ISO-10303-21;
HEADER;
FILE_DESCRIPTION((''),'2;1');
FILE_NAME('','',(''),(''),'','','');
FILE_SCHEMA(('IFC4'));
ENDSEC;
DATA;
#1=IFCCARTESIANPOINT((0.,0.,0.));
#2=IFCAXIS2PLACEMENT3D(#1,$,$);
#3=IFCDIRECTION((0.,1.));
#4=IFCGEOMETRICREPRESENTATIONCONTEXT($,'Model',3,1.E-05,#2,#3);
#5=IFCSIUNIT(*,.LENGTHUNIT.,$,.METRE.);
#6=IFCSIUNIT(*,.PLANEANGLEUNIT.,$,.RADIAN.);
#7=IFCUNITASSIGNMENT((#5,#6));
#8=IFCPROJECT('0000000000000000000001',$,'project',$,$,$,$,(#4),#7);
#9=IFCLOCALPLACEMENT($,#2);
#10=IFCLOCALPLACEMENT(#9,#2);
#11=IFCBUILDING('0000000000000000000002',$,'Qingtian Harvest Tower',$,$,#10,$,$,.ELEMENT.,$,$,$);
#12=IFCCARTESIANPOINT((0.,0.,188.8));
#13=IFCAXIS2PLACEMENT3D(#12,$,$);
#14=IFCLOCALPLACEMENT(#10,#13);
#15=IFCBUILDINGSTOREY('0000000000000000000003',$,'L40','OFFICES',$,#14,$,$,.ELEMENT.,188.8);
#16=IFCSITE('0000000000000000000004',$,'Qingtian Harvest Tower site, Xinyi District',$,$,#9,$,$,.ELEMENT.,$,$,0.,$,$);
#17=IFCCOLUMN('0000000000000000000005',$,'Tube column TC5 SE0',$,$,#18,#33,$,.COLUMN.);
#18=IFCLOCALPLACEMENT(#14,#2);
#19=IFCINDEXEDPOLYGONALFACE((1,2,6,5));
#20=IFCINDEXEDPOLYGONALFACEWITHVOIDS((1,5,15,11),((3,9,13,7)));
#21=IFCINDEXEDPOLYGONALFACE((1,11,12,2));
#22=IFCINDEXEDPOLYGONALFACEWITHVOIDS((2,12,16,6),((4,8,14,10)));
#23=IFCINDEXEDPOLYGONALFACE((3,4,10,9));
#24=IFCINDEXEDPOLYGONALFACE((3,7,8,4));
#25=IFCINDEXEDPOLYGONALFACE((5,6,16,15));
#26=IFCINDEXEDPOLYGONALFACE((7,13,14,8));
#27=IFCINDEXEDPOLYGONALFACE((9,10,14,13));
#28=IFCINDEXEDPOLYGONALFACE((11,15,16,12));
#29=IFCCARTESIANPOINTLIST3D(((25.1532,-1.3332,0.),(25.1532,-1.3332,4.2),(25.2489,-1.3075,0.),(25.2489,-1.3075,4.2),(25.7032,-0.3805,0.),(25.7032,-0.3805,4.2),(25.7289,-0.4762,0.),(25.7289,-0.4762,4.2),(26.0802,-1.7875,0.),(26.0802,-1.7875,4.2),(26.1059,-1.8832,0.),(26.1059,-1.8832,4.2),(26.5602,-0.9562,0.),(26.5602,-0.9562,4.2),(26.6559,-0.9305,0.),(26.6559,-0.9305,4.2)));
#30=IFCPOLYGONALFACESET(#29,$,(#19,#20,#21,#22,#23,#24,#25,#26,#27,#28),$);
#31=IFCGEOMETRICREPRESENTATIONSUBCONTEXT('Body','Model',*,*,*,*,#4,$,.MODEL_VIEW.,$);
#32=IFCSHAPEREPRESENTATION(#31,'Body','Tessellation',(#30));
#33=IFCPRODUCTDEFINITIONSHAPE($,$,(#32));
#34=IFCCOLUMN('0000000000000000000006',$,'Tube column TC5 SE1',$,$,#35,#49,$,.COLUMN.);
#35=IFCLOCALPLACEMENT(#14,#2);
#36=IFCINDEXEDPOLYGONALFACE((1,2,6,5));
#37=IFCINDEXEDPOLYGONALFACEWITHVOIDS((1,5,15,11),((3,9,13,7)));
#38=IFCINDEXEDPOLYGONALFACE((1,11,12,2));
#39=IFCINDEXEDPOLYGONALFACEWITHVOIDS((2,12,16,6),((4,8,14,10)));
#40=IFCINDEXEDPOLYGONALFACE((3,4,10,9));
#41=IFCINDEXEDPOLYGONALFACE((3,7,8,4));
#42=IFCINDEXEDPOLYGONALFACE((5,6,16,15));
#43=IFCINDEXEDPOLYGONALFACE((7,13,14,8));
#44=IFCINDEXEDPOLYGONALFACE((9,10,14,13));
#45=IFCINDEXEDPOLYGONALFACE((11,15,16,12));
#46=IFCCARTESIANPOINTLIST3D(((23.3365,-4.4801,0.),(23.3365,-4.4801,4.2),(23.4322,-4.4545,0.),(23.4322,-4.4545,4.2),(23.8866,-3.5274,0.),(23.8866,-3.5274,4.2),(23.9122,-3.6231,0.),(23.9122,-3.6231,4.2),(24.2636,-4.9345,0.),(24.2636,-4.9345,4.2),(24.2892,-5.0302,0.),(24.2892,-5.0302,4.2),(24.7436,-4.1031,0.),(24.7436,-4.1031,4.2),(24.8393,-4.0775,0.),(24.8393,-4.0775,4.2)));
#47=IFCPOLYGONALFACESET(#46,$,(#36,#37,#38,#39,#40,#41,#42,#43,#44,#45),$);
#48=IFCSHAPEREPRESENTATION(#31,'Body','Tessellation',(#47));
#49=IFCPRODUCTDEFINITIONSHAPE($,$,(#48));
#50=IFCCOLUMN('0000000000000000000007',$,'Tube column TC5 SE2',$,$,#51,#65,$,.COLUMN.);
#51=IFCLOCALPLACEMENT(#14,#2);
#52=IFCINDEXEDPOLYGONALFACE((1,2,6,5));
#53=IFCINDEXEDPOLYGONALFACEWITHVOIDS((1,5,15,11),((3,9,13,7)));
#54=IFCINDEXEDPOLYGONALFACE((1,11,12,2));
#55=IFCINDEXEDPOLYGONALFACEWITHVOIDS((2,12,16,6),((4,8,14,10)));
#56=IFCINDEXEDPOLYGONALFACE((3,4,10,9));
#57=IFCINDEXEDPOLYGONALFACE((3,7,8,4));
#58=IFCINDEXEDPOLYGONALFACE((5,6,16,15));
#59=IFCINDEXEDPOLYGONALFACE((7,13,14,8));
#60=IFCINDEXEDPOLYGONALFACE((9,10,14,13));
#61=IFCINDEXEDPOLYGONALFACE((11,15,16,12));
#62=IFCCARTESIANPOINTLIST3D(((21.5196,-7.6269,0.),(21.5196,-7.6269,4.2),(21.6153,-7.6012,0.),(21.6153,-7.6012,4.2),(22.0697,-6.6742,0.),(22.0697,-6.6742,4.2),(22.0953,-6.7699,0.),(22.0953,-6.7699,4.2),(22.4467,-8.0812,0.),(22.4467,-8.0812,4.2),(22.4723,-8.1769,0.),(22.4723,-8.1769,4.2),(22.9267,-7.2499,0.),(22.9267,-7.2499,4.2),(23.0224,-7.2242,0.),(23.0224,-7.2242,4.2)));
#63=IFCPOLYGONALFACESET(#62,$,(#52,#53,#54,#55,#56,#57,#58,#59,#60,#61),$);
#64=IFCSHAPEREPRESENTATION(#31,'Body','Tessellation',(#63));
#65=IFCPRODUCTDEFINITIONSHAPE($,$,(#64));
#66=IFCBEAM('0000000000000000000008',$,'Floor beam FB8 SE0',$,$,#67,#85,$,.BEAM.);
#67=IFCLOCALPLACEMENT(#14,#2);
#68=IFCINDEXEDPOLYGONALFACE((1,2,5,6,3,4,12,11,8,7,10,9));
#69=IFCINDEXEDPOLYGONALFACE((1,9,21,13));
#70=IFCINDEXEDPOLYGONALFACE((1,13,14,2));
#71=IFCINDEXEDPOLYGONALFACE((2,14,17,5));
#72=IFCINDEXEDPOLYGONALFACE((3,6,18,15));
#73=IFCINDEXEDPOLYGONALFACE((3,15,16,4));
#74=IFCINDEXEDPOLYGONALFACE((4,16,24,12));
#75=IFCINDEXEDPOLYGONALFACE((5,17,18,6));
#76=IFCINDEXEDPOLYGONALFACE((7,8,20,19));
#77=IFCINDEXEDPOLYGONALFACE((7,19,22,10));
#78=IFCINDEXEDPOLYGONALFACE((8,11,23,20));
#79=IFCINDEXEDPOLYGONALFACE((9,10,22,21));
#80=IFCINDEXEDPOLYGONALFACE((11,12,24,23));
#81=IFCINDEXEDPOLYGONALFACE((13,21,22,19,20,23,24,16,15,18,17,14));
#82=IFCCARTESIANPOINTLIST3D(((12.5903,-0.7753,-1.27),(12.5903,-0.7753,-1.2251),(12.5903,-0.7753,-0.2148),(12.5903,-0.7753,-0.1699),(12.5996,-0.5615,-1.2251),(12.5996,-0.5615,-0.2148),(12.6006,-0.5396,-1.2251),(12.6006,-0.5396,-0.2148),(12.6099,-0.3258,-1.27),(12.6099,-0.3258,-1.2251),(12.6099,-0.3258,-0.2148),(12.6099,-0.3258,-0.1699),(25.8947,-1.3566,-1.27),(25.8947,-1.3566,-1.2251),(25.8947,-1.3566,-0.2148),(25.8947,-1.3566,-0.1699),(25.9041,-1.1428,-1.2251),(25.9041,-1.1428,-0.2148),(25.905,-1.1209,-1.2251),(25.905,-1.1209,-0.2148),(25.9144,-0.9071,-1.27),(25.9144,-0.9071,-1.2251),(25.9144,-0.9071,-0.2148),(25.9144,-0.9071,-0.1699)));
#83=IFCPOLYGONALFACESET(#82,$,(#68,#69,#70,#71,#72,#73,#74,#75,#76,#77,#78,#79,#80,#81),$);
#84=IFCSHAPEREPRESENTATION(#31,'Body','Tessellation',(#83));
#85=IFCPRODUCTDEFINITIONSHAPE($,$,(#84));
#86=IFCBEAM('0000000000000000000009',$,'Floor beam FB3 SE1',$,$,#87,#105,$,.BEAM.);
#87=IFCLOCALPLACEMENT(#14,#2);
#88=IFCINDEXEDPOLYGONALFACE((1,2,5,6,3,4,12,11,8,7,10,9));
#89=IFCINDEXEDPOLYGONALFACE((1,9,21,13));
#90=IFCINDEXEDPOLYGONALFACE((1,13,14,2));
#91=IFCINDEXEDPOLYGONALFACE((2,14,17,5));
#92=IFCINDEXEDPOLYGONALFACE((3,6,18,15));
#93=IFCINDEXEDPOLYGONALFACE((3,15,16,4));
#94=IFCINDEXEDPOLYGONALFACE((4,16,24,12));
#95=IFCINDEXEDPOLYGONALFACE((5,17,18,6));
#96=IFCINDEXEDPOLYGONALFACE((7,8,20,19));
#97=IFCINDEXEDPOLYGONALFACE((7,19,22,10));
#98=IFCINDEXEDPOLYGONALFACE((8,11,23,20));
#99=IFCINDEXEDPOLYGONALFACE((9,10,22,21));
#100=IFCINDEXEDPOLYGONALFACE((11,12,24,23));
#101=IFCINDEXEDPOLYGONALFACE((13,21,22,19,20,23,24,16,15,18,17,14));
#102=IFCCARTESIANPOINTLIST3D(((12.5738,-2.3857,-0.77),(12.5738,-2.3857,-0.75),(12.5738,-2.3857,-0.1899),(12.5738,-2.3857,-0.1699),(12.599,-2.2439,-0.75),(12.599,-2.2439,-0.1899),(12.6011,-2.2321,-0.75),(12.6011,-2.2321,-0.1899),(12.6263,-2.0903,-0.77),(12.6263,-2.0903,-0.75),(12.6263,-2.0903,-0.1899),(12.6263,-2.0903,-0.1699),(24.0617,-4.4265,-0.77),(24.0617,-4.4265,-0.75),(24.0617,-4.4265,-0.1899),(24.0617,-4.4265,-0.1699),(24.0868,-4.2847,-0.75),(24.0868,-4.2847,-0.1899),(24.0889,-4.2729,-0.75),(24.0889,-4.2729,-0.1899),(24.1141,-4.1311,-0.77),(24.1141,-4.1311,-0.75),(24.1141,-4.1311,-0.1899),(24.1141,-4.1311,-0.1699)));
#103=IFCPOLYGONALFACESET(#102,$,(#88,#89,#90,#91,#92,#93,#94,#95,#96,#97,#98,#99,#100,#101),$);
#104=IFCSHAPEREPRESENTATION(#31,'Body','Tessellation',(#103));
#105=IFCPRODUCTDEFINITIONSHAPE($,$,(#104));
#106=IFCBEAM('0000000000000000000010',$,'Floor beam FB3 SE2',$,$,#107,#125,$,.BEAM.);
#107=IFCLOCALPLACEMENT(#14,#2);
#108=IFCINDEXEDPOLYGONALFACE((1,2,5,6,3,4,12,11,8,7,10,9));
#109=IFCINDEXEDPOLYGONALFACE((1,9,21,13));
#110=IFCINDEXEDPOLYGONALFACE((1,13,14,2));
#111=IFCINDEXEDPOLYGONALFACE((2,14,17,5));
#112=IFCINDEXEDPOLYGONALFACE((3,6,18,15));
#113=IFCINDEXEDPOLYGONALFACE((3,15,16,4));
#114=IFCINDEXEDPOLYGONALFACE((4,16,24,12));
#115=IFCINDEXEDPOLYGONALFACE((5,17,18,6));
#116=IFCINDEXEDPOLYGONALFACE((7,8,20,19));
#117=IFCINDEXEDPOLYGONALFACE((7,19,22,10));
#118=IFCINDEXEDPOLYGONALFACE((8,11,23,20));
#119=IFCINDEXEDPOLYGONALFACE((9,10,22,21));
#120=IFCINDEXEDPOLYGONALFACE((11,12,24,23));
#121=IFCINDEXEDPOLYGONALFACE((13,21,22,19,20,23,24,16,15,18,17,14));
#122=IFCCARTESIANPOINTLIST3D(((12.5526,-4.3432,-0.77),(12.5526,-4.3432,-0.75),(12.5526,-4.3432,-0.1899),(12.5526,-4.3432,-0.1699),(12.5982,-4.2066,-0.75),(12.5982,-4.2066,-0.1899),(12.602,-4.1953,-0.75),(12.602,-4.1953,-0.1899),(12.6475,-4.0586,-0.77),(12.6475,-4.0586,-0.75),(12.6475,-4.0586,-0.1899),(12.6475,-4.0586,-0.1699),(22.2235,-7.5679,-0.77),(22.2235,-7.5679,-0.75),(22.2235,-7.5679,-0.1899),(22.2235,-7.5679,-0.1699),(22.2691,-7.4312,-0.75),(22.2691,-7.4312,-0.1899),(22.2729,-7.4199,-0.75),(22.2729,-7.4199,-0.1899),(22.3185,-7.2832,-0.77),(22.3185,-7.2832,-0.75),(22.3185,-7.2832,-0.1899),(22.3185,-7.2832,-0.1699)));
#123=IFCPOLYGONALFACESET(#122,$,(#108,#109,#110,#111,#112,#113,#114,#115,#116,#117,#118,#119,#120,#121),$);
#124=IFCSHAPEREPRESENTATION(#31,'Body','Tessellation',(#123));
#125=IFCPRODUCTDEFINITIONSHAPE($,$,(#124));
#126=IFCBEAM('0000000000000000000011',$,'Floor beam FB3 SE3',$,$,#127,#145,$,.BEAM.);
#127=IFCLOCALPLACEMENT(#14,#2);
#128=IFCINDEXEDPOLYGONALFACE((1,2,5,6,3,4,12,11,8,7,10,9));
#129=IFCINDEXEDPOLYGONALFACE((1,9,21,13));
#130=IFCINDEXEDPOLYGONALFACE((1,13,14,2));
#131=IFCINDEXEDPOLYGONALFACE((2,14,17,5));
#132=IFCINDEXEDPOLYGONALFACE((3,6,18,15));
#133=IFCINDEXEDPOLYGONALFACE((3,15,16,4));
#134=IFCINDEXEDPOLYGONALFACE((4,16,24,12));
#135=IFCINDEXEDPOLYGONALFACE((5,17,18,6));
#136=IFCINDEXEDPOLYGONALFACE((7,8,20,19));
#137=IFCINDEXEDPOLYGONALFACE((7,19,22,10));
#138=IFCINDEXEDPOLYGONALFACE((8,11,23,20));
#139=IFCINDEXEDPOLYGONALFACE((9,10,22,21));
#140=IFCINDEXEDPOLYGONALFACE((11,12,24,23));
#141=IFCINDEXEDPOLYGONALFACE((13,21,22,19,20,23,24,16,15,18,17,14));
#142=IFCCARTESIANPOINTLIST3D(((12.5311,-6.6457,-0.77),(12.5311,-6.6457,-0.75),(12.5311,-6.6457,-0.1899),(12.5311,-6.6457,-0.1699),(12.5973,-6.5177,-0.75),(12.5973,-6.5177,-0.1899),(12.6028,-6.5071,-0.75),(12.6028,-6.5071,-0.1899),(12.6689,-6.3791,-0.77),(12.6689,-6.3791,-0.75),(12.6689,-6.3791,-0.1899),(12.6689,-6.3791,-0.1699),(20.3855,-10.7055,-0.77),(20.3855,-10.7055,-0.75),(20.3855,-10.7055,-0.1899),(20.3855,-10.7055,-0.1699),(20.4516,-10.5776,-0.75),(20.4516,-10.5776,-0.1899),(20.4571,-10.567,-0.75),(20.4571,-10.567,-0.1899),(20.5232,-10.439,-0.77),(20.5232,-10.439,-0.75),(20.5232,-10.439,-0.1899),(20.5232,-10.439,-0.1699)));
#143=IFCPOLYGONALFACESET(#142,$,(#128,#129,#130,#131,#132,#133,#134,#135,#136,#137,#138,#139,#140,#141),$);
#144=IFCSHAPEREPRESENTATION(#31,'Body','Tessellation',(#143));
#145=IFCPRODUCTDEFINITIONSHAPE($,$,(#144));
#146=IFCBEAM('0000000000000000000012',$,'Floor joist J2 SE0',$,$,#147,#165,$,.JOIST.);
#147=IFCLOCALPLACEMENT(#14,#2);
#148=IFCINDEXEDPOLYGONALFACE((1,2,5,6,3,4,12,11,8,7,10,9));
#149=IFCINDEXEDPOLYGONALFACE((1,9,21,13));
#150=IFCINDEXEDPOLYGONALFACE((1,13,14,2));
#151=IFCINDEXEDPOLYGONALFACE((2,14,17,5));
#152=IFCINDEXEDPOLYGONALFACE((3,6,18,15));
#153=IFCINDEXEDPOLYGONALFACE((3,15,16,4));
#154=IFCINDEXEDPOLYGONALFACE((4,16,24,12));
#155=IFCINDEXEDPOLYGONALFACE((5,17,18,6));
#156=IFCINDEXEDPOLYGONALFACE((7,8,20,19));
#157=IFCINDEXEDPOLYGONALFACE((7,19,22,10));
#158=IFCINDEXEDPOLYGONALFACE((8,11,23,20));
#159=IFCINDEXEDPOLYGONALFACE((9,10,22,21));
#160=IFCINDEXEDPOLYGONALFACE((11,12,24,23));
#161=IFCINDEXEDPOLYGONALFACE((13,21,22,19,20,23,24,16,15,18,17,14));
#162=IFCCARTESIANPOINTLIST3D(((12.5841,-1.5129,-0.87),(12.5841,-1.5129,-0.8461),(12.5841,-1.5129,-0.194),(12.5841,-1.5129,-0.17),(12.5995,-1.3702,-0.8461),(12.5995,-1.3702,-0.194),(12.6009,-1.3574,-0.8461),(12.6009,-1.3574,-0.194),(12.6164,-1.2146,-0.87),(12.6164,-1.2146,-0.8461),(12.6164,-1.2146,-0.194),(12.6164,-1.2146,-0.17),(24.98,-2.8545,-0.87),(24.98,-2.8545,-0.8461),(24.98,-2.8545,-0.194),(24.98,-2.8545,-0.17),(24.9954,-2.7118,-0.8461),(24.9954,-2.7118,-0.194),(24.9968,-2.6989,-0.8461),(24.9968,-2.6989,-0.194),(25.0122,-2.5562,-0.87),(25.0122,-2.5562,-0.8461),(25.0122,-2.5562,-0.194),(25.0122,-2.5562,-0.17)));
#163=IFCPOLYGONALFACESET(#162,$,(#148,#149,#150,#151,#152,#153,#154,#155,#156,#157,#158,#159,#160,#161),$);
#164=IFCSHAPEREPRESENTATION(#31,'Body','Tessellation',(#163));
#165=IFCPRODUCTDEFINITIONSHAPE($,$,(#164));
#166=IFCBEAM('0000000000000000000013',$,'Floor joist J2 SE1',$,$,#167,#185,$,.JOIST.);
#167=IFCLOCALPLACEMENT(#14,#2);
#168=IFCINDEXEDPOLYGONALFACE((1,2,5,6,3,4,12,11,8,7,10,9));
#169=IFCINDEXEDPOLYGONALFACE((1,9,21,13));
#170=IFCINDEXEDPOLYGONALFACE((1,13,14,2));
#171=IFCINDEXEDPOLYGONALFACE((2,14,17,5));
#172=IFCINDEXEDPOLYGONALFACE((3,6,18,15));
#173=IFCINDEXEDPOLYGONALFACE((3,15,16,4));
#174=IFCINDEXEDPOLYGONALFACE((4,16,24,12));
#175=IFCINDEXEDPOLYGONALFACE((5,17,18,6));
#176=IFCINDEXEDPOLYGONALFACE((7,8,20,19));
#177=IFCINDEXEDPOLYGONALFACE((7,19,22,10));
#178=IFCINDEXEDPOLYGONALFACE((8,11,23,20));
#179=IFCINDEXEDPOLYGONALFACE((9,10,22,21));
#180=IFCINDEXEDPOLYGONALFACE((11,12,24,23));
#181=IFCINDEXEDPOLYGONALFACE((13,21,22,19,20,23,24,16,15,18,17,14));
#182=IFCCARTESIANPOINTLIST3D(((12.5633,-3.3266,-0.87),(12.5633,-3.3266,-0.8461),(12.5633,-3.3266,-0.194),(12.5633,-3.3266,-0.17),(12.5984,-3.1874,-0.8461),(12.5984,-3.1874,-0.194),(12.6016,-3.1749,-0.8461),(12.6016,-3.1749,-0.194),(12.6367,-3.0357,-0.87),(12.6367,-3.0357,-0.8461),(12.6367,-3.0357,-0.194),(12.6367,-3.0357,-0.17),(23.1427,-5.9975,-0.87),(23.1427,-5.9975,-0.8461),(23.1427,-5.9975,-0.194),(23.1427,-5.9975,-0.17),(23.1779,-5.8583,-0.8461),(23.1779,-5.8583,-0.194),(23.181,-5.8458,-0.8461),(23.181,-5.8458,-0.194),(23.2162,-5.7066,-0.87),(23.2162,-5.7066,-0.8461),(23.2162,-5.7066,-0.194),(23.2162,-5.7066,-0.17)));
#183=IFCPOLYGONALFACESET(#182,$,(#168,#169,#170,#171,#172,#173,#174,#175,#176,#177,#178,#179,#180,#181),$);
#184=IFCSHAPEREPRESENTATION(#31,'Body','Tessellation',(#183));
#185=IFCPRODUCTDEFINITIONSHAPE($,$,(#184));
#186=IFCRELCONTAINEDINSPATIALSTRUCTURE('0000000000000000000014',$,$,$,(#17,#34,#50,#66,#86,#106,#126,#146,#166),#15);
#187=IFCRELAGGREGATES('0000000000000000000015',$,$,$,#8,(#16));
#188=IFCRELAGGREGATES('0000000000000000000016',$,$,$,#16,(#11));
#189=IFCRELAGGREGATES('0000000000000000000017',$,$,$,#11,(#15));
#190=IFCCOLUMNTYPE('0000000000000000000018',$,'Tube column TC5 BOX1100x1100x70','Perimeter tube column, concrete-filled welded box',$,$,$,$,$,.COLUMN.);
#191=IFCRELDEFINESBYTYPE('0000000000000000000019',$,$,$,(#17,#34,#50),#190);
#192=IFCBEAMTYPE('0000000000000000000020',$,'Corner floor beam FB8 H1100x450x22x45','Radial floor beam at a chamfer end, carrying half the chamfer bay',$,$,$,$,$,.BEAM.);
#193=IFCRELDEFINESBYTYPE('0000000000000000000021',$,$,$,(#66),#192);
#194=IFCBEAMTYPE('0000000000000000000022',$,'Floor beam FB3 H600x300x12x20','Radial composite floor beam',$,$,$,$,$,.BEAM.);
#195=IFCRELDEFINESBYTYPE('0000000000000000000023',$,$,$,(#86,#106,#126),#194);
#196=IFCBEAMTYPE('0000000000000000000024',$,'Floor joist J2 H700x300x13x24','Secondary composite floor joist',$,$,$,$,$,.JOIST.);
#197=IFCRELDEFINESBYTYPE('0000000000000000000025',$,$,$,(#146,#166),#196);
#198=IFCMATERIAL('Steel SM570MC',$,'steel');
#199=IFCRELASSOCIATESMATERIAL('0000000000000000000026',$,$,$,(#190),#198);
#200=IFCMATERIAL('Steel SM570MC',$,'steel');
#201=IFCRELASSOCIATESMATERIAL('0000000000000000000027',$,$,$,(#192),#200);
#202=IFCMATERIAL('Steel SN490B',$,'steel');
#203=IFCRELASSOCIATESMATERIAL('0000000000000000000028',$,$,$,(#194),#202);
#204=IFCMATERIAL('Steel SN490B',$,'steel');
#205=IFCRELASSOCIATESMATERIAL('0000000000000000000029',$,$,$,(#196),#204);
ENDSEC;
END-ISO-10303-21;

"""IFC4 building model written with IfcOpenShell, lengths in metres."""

from ifc_helpers import new_model, si_unit, direction, frame, origin, origin_2d, place, context, subcontext, project, spatial, hollow_rectangle, i_section, extrude, material, material_profile, profile_set, type_object, element, save


model = new_model("IFC4")

# Units and contexts
model_context = context("Model", 3, precision=1e-05, world=origin(), true_north=direction((0.0, 1.0)))
body_context = subcontext(model_context, "Body", "Model", "MODEL_VIEW")
ifc_project = project(units=[si_unit("LENGTHUNIT", "METRE"), si_unit("PLANEANGLEUNIT", "RADIAN")], contexts=[model_context])

# Site, building, storey
site_placement = place(None, origin())
site = spatial("IfcSite", under=ifc_project, at=site_placement, Name="Qingtian Harvest Tower site, Xinyi District", CompositionType="ELEMENT", RefElevation=0.0)
building_placement = place(site_placement, origin())
building = spatial("IfcBuilding", under=site, at=building_placement, Name="Qingtian Harvest Tower", CompositionType="ELEMENT")
storey_placement = place(building_placement, frame((0.0, 0.0, 188.8)))
storey = spatial("IfcBuildingStorey", under=building, at=storey_placement, Name="L40", Description="OFFICES", CompositionType="ELEMENT", Elevation=188.8)

# Columns
ifc_material_1 = material(Name="Steel SM570MC", Category="steel")
ifc_material_profile_1 = material_profile(ifc_material_1, hollow_rectangle(XDim=1.1001, YDim=1.1001, WallThickness=0.0701, at=origin_2d()), Name="BOX1100x1100x70")
ifc_profile_set_1 = profile_set([ifc_material_profile_1], Name="Steel SM570MC")
column_type = type_object("IfcColumnType", Name="Tube column TC5 BOX1100x1100x70", Description="Perimeter tube column, concrete-filled welded box", PredefinedType="COLUMN", material=ifc_profile_set_1)
for number, where, z_axis, x_axis, name in (
    (1, (25.9045, -1.1318, 0.0), (0.0, 0.0, 1.0), (0.5, 0.866025, 0.0), "Tube column TC5 SE0"),
    (2, (24.0879, -4.2788, 0.0), (0.0, 0.0, 1.0), (0.5, 0.866025, 0.0), "Tube column TC5 SE1"),
    (3, (22.271, -7.4255, 0.0), (0.0, 0.0, 1.0), (0.5, 0.866025, 0.0), "Tube column TC5 SE2"),
):
    element("IfcColumn", number, at=place(storey_placement, frame(where, z_axis=z_axis, x_axis=x_axis)), inside=storey, type_object=column_type, Name=name, PredefinedType="COLUMN", context=body_context, shape_type="SweptSolid", body=[
        extrude(hollow_rectangle(XDim=1.1001, YDim=1.1001, WallThickness=0.0701, at=origin_2d()), origin(), (0.0, 0.0, 1.0), 4.2),
    ])

# Beams
ifc_material_2 = material(Name="Steel SM570MC", Category="steel")
ifc_material_profile_2 = material_profile(ifc_material_2, i_section(OverallWidth=0.45, OverallDepth=1.1001, WebThickness=0.022, FlangeThickness=0.0449, at=origin_2d()), Name="H1100x450x22x45")
ifc_profile_set_2 = profile_set([ifc_material_profile_2], Name="Steel SM570MC")
beam_type_1 = type_object("IfcBeamType", Name="Corner floor beam FB8 H1100x450x22x45", Description="Radial floor beam at a chamfer end, carrying half the chamfer bay", PredefinedType="BEAM", material=ifc_profile_set_2)
beam_1_placement = place(storey_placement, frame((25.9045, -1.1318, -0.72), z_axis=(-0.999047, 0.04365, 0.0), x_axis=(-0.04365, -0.999047, 0.0)))
element("IfcBeam", 4, at=beam_1_placement, inside=storey, type_object=beam_type_1, Name="Floor beam FB8 SE0", PredefinedType="BEAM", context=body_context, shape_type="SweptSolid", body=[
    extrude(i_section(OverallWidth=0.45, OverallDepth=1.1001, WebThickness=0.022, FlangeThickness=0.0449, at=origin_2d()), origin(), (0.0, 0.0, 1.0), 13.3171),
])
ifc_material_3 = material(Name="Steel SN490B", Category="steel")
ifc_material_profile_3 = material_profile(ifc_material_3, i_section(OverallWidth=0.3, OverallDepth=0.6001, WebThickness=0.012, FlangeThickness=0.02, at=origin_2d()), Name="H600x300x12x20")
ifc_profile_set_3 = profile_set([ifc_material_profile_3], Name="Steel SN490B")
beam_type_2 = type_object("IfcBeamType", Name="Floor beam FB3 H600x300x12x20", Description="Radial composite floor beam", PredefinedType="BEAM", material=ifc_profile_set_3)
beam_2_placement = place(storey_placement, frame((24.0879, -4.2788, -0.47), z_axis=(-0.984585, 0.174908, 0.0), x_axis=(-0.174908, -0.984585, 0.0)))
element("IfcBeam", 5, at=beam_2_placement, inside=storey, type_object=beam_type_2, Name="Floor beam FB3 SE1", PredefinedType="BEAM", context=body_context, shape_type="SweptSolid", body=[
    extrude(i_section(OverallWidth=0.3, OverallDepth=0.6001, WebThickness=0.012, FlangeThickness=0.02, at=origin_2d()), origin(), (0.0, 0.0, 1.0), 11.6677),
])
beam_3_placement = place(storey_placement, frame((22.271, -7.4255, -0.47), z_axis=(-0.948655, 0.316314, 0.0), x_axis=(-0.316314, -0.948655, 0.0)))
element("IfcBeam", 6, at=beam_3_placement, inside=storey, type_object=beam_type_2, Name="Floor beam FB3 SE2", PredefinedType="BEAM", context=body_context, shape_type="SweptSolid", body=[
    extrude(i_section(OverallWidth=0.3, OverallDepth=0.6001, WebThickness=0.012, FlangeThickness=0.02, at=origin_2d()), origin(), (0.0, 0.0, 1.0), 10.1943),
])
beam_4_placement = place(storey_placement, frame((20.4543, -10.5723, -0.47), z_axis=(-0.888344, 0.45918, 0.0), x_axis=(-0.45918, -0.888344, 0.0)))
element("IfcBeam", 7, at=beam_4_placement, inside=storey, type_object=beam_type_2, Name="Floor beam FB3 SE3", PredefinedType="BEAM", context=body_context, shape_type="SweptSolid", body=[
    extrude(i_section(OverallWidth=0.3, OverallDepth=0.6001, WebThickness=0.012, FlangeThickness=0.02, at=origin_2d()), origin(), (0.0, 0.0, 1.0), 8.8416),
])
ifc_material_4 = material(Name="Steel SN490B", Category="steel")
ifc_material_profile_4 = material_profile(ifc_material_4, i_section(OverallWidth=0.3, OverallDepth=0.7, WebThickness=0.0129, FlangeThickness=0.0239, at=origin_2d()), Name="H700x300x13x24")
ifc_profile_set_4 = profile_set([ifc_material_profile_4], Name="Steel SN490B")
beam_type_3 = type_object("IfcBeamType", Name="Floor joist J2 H700x300x13x24", Description="Secondary composite floor joist", PredefinedType="JOIST", material=ifc_profile_set_4)
beam_5_placement = place(storey_placement, frame((24.9961, -2.7053, -0.52), z_axis=(-0.994195, 0.107596, 0.0), x_axis=(-0.107596, -0.994195, 0.0)))
element("IfcBeam", 8, at=beam_5_placement, inside=storey, type_object=beam_type_3, Name="Floor joist J2 SE0", PredefinedType="JOIST", context=body_context, shape_type="SweptSolid", body=[
    extrude(i_section(OverallWidth=0.3, OverallDepth=0.7, WebThickness=0.0129, FlangeThickness=0.0239, at=origin_2d()), origin(), (0.0, 0.0, 1.0), 12.4683),
])
beam_6_placement = place(storey_placement, frame((23.1794, -5.8521, -0.52), z_axis=(-0.969578, 0.244783, 0.0), x_axis=(-0.244783, -0.969578, 0.0)))
element("IfcBeam", 9, at=beam_6_placement, inside=storey, type_object=beam_type_3, Name="Floor joist J2 SE1", PredefinedType="JOIST", context=body_context, shape_type="SweptSolid", body=[
    extrude(i_section(OverallWidth=0.3, OverallDepth=0.7, WebThickness=0.0129, FlangeThickness=0.0239, at=origin_2d()), origin(), (0.0, 0.0, 1.0), 10.9114),
])

save(model, "model.ifc")
